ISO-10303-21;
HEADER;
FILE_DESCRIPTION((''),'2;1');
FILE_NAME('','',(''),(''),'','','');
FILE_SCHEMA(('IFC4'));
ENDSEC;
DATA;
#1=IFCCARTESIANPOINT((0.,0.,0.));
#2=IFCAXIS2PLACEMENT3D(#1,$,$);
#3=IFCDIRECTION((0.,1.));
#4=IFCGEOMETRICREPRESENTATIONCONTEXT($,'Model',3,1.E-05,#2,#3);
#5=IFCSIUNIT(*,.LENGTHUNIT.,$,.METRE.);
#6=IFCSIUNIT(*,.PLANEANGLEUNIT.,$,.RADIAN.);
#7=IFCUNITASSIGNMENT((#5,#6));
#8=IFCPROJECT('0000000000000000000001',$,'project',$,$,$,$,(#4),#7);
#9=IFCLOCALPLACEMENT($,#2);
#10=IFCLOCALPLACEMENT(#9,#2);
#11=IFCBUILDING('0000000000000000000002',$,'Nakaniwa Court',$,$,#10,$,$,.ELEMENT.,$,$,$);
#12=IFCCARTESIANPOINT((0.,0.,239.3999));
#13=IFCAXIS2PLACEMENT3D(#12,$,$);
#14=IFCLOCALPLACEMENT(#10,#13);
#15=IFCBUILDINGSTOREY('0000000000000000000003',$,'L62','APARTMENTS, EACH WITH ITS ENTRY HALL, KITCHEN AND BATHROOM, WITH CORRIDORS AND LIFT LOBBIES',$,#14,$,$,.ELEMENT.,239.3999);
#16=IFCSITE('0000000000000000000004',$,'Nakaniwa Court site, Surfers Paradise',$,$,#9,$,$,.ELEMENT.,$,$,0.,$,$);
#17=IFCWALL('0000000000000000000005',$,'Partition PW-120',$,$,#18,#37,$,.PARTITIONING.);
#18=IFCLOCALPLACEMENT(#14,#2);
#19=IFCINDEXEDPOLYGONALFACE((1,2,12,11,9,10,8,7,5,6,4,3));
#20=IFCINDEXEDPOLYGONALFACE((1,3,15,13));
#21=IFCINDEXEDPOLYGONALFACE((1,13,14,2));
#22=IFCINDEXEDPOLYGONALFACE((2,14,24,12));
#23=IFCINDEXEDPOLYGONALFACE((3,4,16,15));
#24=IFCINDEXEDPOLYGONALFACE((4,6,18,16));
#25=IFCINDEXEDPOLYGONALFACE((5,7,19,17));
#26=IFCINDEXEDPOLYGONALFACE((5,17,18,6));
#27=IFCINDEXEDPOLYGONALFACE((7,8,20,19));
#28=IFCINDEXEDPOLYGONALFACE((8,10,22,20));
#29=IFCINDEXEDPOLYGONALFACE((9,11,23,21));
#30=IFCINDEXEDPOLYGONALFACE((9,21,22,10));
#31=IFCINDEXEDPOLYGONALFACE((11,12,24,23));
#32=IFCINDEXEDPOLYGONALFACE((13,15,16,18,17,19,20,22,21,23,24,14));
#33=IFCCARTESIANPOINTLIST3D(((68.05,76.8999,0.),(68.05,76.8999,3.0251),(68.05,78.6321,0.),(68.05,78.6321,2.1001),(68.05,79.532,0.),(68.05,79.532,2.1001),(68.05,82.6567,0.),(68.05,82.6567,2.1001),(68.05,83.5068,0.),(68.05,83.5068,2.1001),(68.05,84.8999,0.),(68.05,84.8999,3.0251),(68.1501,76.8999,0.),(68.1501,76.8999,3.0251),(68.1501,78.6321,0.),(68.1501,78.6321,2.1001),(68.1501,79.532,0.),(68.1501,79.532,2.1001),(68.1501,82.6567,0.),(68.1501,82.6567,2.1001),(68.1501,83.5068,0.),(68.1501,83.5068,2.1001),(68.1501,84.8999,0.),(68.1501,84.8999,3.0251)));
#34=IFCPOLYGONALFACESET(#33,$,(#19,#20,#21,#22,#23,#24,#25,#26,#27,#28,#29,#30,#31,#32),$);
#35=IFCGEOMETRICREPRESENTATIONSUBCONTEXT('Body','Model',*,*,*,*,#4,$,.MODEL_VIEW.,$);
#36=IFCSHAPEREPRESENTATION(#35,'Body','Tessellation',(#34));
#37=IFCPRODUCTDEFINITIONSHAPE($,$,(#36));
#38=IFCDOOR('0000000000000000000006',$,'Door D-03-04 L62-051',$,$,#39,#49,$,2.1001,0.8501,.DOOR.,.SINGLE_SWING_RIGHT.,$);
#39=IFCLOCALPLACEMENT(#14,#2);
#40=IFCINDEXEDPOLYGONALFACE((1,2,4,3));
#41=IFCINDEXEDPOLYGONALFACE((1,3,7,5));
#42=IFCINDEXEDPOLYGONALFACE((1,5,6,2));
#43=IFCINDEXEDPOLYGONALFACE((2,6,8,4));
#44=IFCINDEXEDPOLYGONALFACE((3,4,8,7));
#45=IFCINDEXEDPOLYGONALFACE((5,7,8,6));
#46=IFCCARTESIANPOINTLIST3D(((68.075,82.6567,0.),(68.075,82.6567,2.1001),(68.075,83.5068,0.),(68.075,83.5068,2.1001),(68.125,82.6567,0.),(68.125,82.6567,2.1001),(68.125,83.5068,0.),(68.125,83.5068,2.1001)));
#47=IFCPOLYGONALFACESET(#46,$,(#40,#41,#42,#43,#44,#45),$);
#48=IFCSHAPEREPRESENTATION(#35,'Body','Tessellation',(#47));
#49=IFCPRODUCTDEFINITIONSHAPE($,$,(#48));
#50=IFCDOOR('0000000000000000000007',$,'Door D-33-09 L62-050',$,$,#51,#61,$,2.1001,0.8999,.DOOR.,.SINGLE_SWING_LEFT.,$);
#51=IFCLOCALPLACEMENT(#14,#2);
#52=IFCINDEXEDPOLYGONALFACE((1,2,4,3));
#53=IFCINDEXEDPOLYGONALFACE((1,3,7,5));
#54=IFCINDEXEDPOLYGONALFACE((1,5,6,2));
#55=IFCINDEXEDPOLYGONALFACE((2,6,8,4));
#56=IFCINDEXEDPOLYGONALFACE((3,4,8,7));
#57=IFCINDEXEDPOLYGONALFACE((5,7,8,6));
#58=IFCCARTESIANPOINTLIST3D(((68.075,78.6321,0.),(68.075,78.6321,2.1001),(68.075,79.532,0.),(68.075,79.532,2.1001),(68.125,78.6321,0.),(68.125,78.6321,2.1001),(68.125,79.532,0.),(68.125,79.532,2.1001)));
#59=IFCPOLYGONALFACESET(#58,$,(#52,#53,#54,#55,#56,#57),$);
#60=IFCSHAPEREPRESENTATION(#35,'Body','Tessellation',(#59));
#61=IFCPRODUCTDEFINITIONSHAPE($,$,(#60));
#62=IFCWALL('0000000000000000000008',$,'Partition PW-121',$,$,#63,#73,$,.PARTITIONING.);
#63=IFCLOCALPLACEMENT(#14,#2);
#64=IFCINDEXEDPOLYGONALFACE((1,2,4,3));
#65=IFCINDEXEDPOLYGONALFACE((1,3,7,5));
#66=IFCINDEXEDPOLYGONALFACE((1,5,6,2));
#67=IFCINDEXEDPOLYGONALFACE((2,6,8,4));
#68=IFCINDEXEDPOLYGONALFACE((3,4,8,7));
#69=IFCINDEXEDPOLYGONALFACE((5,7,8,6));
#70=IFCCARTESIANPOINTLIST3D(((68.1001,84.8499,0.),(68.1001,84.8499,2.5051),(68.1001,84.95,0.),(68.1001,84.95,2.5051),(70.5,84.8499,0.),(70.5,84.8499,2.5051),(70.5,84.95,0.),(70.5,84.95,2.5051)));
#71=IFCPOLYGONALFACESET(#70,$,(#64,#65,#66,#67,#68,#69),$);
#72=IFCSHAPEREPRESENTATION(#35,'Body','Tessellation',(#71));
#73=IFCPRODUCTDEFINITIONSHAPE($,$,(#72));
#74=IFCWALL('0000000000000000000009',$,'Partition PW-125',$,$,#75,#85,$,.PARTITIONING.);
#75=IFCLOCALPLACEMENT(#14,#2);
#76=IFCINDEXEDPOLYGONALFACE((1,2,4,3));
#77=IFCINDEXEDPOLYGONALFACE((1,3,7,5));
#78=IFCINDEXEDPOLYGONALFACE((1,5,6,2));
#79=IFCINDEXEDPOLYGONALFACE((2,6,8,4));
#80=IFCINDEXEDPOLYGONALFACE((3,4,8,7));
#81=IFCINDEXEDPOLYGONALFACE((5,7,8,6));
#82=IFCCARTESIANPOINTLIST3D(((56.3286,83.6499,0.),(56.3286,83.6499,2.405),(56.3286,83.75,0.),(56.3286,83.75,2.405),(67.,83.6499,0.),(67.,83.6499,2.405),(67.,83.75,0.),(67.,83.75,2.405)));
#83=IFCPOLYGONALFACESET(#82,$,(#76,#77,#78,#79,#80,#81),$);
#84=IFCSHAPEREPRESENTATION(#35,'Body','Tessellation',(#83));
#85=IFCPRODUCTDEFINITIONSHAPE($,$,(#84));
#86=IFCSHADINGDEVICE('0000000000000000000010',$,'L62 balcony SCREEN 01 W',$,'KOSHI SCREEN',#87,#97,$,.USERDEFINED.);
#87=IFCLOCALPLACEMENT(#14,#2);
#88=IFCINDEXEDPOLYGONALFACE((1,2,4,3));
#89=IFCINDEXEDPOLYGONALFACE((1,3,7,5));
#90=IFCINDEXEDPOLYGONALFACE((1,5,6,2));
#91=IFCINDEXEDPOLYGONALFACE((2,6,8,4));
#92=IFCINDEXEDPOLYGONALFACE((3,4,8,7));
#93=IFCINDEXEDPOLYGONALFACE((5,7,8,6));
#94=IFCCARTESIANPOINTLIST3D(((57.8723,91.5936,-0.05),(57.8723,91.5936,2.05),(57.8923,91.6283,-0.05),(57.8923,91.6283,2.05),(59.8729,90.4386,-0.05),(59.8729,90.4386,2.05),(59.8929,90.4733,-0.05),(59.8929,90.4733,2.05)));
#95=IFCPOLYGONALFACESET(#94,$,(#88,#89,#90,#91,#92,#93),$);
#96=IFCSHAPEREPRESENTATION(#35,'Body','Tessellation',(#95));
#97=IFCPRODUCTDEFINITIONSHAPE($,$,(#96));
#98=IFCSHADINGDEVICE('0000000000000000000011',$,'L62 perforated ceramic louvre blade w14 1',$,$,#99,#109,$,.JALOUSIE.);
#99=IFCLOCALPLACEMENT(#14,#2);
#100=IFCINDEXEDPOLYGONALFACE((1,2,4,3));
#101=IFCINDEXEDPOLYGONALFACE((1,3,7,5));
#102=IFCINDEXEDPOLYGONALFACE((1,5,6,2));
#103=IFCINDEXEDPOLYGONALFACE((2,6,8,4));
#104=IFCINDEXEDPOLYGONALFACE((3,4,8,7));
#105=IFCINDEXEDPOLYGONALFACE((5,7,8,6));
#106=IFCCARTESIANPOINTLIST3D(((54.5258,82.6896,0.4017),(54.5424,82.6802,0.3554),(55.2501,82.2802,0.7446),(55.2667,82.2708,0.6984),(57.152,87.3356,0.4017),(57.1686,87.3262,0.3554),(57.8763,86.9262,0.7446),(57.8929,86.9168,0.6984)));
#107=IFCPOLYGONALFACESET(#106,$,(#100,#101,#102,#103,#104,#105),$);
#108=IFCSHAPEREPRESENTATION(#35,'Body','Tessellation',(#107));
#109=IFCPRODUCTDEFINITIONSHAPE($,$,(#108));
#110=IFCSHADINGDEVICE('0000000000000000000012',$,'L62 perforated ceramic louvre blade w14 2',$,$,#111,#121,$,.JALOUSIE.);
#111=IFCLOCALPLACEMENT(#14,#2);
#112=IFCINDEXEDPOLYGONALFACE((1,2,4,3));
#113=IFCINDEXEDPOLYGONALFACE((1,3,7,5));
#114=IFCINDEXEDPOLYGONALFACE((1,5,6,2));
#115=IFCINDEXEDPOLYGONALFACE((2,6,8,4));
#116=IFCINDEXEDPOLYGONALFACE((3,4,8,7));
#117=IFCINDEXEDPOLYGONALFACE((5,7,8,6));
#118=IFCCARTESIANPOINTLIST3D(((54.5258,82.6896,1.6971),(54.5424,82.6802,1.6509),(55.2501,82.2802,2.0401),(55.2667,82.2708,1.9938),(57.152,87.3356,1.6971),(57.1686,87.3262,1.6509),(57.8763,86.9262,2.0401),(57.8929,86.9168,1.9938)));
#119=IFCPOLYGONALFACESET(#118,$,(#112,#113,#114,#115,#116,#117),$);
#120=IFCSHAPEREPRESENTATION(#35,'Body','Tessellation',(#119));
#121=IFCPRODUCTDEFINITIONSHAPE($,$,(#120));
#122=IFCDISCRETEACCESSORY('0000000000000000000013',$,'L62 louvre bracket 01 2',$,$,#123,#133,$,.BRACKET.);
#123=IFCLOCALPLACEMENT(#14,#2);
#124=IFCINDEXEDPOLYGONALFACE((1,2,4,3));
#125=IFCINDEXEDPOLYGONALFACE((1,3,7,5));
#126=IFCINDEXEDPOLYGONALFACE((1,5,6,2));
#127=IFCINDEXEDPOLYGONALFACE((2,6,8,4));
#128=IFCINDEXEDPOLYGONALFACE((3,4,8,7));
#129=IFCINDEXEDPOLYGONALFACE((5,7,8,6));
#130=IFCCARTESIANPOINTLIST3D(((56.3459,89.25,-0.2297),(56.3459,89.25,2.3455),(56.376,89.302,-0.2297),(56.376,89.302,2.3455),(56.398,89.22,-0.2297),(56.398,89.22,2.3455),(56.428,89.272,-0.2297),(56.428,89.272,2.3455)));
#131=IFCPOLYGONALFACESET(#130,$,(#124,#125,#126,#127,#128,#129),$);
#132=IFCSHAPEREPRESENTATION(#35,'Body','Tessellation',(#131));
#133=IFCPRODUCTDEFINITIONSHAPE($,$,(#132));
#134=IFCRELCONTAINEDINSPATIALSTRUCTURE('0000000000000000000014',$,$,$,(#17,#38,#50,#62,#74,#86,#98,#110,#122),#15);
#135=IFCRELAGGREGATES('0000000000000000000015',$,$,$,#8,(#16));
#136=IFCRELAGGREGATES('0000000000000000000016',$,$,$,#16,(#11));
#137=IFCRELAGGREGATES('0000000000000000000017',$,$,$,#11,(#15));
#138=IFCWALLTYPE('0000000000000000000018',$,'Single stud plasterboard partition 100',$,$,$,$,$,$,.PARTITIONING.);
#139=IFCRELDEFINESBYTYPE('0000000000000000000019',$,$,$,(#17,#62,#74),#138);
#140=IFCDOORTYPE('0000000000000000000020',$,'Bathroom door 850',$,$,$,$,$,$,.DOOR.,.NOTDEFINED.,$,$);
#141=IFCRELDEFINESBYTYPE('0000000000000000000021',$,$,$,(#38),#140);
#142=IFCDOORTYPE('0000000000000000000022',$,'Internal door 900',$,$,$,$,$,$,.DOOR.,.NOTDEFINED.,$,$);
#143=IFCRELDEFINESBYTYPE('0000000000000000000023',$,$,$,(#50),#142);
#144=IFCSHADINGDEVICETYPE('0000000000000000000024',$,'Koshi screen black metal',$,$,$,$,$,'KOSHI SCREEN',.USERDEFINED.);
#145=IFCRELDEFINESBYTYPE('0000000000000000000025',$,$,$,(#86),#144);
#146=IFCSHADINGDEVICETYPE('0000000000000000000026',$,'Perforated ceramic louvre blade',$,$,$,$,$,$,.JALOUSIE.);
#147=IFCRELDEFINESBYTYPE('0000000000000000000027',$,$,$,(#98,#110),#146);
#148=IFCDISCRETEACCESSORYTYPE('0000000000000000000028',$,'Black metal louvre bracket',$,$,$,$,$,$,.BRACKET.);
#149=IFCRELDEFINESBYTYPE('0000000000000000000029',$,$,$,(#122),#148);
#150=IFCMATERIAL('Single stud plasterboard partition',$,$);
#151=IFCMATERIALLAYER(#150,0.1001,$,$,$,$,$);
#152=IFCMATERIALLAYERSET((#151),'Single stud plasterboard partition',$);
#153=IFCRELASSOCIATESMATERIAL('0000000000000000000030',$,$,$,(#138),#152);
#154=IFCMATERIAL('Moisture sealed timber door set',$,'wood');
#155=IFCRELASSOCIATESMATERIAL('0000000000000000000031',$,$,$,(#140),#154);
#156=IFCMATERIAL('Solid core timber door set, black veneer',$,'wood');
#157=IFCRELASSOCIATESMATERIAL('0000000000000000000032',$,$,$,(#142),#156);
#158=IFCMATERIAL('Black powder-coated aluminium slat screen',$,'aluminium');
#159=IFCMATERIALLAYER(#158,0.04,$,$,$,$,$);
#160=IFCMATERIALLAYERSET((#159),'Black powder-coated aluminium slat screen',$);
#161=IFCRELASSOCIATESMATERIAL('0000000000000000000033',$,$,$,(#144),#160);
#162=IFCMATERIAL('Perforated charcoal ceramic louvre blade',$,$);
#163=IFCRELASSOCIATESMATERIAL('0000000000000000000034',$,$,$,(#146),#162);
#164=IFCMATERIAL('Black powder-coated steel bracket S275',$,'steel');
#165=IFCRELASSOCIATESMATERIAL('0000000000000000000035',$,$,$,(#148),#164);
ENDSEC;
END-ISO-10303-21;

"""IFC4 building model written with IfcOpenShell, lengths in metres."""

from ifc_helpers import new_model, si_unit, direction, frame, frame_2d, origin, origin_2d, place, context, subcontext, project, spatial, rectangle, extrude, material, layer, layer_set, material_profile, profile_set, type_object, element, fill, save


model = new_model("IFC4")

# Units and contexts
model_context = context("Model", 3, precision=1e-05, world=origin(), true_north=direction((0.0, 1.0)))
body_context = subcontext(model_context, "Body", "Model", "MODEL_VIEW")
ifc_project = project(units=[si_unit("LENGTHUNIT", "METRE"), si_unit("PLANEANGLEUNIT", "RADIAN")], contexts=[model_context])

# Site, building, storey
site_placement = place(None, origin())
site = spatial("IfcSite", under=ifc_project, at=site_placement, Name="Nakaniwa Court site, Surfers Paradise", CompositionType="ELEMENT", RefElevation=0.0)
building_placement = place(site_placement, origin())
building = spatial("IfcBuilding", under=site, at=building_placement, Name="Nakaniwa Court", CompositionType="ELEMENT")
storey_placement = place(building_placement, frame((0.0, 0.0, 239.3999)))
storey = spatial("IfcBuildingStorey", under=building, at=storey_placement, Name="L62", Description="APARTMENTS, EACH WITH ITS ENTRY HALL, KITCHEN AND BATHROOM, WITH CORRIDORS AND LIFT LOBBIES", CompositionType="ELEMENT", Elevation=239.3999)

# Wall, openings, doors
ifc_material_1 = material(Name="Single stud plasterboard partition")
ifc_layer_1 = layer(ifc_material_1, 0.1001)
ifc_layer_set_1 = layer_set([ifc_layer_1], Name="Single stud plasterboard partition")
wall_type_1 = type_object("IfcWallType", Name="Single stud plasterboard partition 100", PredefinedType="PARTITIONING", material=ifc_layer_set_1)
wall_1_placement = place(storey_placement, frame((68.1001, 84.8999, 0.0), z_axis=(0.0, 0.0, 1.0), x_axis=(0.0, -1.0, 0.0)))
wall_1 = element("IfcWall", 1, at=wall_1_placement, inside=storey, type_object=wall_type_1, Name="Partition PW-120", PredefinedType="PARTITIONING", context=body_context, shape_type="SweptSolid", body=[
    extrude(rectangle(XDim=8.0, YDim=0.1001, at=frame_2d((4.0, 0.0))), origin(), (0.0, 0.0, 1.0), 3.0251),
])
opening_1_placement = place(wall_1_placement, frame((5.3679, 0.0, 0.0)))
opening_1 = element("IfcOpeningElement", 2, at=opening_1_placement, cuts=wall_1, PredefinedType="OPENING", context=body_context, shape_type="SweptSolid", body=[
    extrude(rectangle(XDim=0.8999, YDim=2.1001, at=frame_2d((0.45, 1.05))), frame((0.0, 0.0601, 0.0), z_axis=(0.0, -1.0, 0.0), x_axis=(1.0, 0.0, 0.0)), (0.0, 0.0, 1.0), 0.1201),
])
opening_2_placement = place(wall_1_placement, frame((1.3931, 0.0, 0.0)))
opening_2 = element("IfcOpeningElement", 3, at=opening_2_placement, cuts=wall_1, PredefinedType="OPENING", context=body_context, shape_type="SweptSolid", body=[
    extrude(rectangle(XDim=0.8501, YDim=2.1001, at=frame_2d((0.425, 1.05))), frame((0.0, 0.0601, 0.0), z_axis=(0.0, -1.0, 0.0), x_axis=(1.0, 0.0, 0.0)), (0.0, 0.0, 1.0), 0.1201),
])
ifc_material_2 = material(Name="Moisture sealed timber door set", Category="wood")
door_type_1 = type_object("IfcDoorType", Name="Bathroom door 850", OperationType="NOTDEFINED", PredefinedType="DOOR", material=ifc_material_2)
door_1_placement = place(opening_2_placement, origin())
door_1 = element("IfcDoor", 4, at=door_1_placement, inside=storey, type_object=door_type_1, Name="Door D-03-04 L62-051", OperationType="SINGLE_SWING_RIGHT", OverallHeight=2.1001, OverallWidth=0.8501, PredefinedType="DOOR", context=body_context, shape_type="SweptSolid", body=[
    extrude(rectangle(XDim=0.8501, YDim=2.1001, at=frame_2d((0.425, 1.05))), frame((0.0, 0.0249, 0.0), z_axis=(0.0, -1.0, 0.0), x_axis=(1.0, 0.0, 0.0)), (0.0, 0.0, 1.0), 0.05),
])
fill(opening_2, door_1)
ifc_material_3 = material(Name="Solid core timber door set, black veneer", Category="wood")
door_type_2 = type_object("IfcDoorType", Name="Internal door 900", OperationType="NOTDEFINED", PredefinedType="DOOR", material=ifc_material_3)
door_2_placement = place(opening_1_placement, origin())
door_2 = element("IfcDoor", 5, at=door_2_placement, inside=storey, type_object=door_type_2, Name="Door D-33-09 L62-050", OperationType="SINGLE_SWING_LEFT", OverallHeight=2.1001, OverallWidth=0.8999, PredefinedType="DOOR", context=body_context, shape_type="SweptSolid", body=[
    extrude(rectangle(XDim=0.8999, YDim=2.1001, at=frame_2d((0.45, 1.05))), frame((0.0, 0.0249, 0.0), z_axis=(0.0, -1.0, 0.0), x_axis=(1.0, 0.0, 0.0)), (0.0, 0.0, 1.0), 0.05),
])
fill(opening_1, door_2)

# Walls
wall_2_placement = place(storey_placement, frame((68.1001, 84.8999, 0.0), z_axis=(0.0, 0.0, 1.0), x_axis=(1.0, 0.0, 0.0)))
element("IfcWall", 6, at=wall_2_placement, inside=storey, type_object=wall_type_1, Name="Partition PW-121", PredefinedType="PARTITIONING", context=body_context, shape_type="SweptSolid", body=[
    extrude(rectangle(XDim=2.3999, YDim=0.1001, at=frame_2d((1.2, 0.0))), origin(), (0.0, 0.0, 1.0), 2.5051),
])
wall_3_placement = place(storey_placement, frame((56.3286, 83.7, 0.0), z_axis=(0.0, 0.0, 1.0), x_axis=(1.0, 0.0, 0.0)))
element("IfcWall", 7, at=wall_3_placement, inside=storey, type_object=wall_type_1, Name="Partition PW-125", PredefinedType="PARTITIONING", context=body_context, shape_type="SweptSolid", body=[
    extrude(rectangle(XDim=10.6714, YDim=0.1001, at=frame_2d((5.3357, 0.0))), origin(), (0.0, 0.0, 1.0), 2.405),
])

# Shading devices
ifc_material_4 = material(Name="Black powder-coated aluminium slat screen", Category="aluminium")
ifc_layer_2 = layer(ifc_material_4, 0.04)
ifc_layer_set_2 = layer_set([ifc_layer_2], Name="Black powder-coated aluminium slat screen")
shading_device_type_1 = type_object("IfcShadingDeviceType", Name="Koshi screen black metal", ElementType="KOSHI SCREEN", PredefinedType="USERDEFINED", material=ifc_layer_set_2)
shading_device_placement = place(storey_placement, frame((58.8826, 91.0334, -0.05), z_axis=(0.0, 0.0, 1.0), x_axis=(-0.499986, -0.866033, 0.0)))
element("IfcShadingDevice", 8, at=shading_device_placement, inside=storey, type_object=shading_device_type_1, Name="L62 balcony SCREEN 01 W", ObjectType="KOSHI SCREEN", PredefinedType="USERDEFINED", context=body_context, shape_type="SweptSolid", body=[
    extrude(rectangle(XDim=0.04, YDim=2.3101, at=origin_2d()), origin(), (0.0, 0.0, 1.0), 2.1001),
])
ifc_material_5 = material(Name="Perforated charcoal ceramic louvre blade")
ifc_material_profile_1 = material_profile(ifc_material_5, rectangle(XDim=0.8999, YDim=0.05, at=origin_2d()), Name="Perforated ceramic louvre blade")
ifc_profile_set_1 = profile_set([ifc_material_profile_1], Name="Perforated charcoal ceramic louvre blade")
shading_device_type_2 = type_object("IfcShadingDeviceType", Name="Perforated ceramic louvre blade", PredefinedType="JALOUSIE", material=ifc_profile_set_1)
for number, where, z_axis, x_axis, name in (
    (9, (57.5225, 87.1262, 0.55), (-0.492089, -0.870545, 0.0), (0.804859, -0.454959, 0.38107), "L62 perforated ceramic louvre blade w14 1"),
    (10, (57.5225, 87.1262, 1.8455), (-0.492089, -0.870545, 0.0), (0.804859, -0.454959, 0.38107), "L62 perforated ceramic louvre blade w14 2"),
):
    element("IfcShadingDevice", number, at=place(storey_placement, frame(where, z_axis=z_axis, x_axis=x_axis)), inside=storey, type_object=shading_device_type_2, Name=name, PredefinedType="JALOUSIE", context=body_context, shape_type="SweptSolid", body=[
        extrude(rectangle(XDim=0.8999, YDim=0.05, at=origin_2d()), origin(), (0.0, 0.0, 1.0), 5.3369),
    ])

# Discrete accessory
ifc_material_6 = material(Name="Black powder-coated steel bracket S275", Category="steel")
discrete_accessory_type = type_object("IfcDiscreteAccessoryType", Name="Black metal louvre bracket", PredefinedType="BRACKET", material=ifc_material_6)
discrete_accessory_placement = place(storey_placement, frame((56.387, 89.261, -0.2297), z_axis=(0.0, 0.0, 1.0), x_axis=(-0.499986, -0.866033, 0.0)))
element("IfcDiscreteAccessory", 11, at=discrete_accessory_placement, inside=storey, type_object=discrete_accessory_type, Name="L62 louvre bracket 01 2", PredefinedType="BRACKET", context=body_context, shape_type="SweptSolid", body=[
    extrude(rectangle(XDim=0.0601, YDim=0.0601, at=origin_2d()), origin(), (0.0, 0.0, 1.0), 2.5752),
])

save(model, "model.ifc")
